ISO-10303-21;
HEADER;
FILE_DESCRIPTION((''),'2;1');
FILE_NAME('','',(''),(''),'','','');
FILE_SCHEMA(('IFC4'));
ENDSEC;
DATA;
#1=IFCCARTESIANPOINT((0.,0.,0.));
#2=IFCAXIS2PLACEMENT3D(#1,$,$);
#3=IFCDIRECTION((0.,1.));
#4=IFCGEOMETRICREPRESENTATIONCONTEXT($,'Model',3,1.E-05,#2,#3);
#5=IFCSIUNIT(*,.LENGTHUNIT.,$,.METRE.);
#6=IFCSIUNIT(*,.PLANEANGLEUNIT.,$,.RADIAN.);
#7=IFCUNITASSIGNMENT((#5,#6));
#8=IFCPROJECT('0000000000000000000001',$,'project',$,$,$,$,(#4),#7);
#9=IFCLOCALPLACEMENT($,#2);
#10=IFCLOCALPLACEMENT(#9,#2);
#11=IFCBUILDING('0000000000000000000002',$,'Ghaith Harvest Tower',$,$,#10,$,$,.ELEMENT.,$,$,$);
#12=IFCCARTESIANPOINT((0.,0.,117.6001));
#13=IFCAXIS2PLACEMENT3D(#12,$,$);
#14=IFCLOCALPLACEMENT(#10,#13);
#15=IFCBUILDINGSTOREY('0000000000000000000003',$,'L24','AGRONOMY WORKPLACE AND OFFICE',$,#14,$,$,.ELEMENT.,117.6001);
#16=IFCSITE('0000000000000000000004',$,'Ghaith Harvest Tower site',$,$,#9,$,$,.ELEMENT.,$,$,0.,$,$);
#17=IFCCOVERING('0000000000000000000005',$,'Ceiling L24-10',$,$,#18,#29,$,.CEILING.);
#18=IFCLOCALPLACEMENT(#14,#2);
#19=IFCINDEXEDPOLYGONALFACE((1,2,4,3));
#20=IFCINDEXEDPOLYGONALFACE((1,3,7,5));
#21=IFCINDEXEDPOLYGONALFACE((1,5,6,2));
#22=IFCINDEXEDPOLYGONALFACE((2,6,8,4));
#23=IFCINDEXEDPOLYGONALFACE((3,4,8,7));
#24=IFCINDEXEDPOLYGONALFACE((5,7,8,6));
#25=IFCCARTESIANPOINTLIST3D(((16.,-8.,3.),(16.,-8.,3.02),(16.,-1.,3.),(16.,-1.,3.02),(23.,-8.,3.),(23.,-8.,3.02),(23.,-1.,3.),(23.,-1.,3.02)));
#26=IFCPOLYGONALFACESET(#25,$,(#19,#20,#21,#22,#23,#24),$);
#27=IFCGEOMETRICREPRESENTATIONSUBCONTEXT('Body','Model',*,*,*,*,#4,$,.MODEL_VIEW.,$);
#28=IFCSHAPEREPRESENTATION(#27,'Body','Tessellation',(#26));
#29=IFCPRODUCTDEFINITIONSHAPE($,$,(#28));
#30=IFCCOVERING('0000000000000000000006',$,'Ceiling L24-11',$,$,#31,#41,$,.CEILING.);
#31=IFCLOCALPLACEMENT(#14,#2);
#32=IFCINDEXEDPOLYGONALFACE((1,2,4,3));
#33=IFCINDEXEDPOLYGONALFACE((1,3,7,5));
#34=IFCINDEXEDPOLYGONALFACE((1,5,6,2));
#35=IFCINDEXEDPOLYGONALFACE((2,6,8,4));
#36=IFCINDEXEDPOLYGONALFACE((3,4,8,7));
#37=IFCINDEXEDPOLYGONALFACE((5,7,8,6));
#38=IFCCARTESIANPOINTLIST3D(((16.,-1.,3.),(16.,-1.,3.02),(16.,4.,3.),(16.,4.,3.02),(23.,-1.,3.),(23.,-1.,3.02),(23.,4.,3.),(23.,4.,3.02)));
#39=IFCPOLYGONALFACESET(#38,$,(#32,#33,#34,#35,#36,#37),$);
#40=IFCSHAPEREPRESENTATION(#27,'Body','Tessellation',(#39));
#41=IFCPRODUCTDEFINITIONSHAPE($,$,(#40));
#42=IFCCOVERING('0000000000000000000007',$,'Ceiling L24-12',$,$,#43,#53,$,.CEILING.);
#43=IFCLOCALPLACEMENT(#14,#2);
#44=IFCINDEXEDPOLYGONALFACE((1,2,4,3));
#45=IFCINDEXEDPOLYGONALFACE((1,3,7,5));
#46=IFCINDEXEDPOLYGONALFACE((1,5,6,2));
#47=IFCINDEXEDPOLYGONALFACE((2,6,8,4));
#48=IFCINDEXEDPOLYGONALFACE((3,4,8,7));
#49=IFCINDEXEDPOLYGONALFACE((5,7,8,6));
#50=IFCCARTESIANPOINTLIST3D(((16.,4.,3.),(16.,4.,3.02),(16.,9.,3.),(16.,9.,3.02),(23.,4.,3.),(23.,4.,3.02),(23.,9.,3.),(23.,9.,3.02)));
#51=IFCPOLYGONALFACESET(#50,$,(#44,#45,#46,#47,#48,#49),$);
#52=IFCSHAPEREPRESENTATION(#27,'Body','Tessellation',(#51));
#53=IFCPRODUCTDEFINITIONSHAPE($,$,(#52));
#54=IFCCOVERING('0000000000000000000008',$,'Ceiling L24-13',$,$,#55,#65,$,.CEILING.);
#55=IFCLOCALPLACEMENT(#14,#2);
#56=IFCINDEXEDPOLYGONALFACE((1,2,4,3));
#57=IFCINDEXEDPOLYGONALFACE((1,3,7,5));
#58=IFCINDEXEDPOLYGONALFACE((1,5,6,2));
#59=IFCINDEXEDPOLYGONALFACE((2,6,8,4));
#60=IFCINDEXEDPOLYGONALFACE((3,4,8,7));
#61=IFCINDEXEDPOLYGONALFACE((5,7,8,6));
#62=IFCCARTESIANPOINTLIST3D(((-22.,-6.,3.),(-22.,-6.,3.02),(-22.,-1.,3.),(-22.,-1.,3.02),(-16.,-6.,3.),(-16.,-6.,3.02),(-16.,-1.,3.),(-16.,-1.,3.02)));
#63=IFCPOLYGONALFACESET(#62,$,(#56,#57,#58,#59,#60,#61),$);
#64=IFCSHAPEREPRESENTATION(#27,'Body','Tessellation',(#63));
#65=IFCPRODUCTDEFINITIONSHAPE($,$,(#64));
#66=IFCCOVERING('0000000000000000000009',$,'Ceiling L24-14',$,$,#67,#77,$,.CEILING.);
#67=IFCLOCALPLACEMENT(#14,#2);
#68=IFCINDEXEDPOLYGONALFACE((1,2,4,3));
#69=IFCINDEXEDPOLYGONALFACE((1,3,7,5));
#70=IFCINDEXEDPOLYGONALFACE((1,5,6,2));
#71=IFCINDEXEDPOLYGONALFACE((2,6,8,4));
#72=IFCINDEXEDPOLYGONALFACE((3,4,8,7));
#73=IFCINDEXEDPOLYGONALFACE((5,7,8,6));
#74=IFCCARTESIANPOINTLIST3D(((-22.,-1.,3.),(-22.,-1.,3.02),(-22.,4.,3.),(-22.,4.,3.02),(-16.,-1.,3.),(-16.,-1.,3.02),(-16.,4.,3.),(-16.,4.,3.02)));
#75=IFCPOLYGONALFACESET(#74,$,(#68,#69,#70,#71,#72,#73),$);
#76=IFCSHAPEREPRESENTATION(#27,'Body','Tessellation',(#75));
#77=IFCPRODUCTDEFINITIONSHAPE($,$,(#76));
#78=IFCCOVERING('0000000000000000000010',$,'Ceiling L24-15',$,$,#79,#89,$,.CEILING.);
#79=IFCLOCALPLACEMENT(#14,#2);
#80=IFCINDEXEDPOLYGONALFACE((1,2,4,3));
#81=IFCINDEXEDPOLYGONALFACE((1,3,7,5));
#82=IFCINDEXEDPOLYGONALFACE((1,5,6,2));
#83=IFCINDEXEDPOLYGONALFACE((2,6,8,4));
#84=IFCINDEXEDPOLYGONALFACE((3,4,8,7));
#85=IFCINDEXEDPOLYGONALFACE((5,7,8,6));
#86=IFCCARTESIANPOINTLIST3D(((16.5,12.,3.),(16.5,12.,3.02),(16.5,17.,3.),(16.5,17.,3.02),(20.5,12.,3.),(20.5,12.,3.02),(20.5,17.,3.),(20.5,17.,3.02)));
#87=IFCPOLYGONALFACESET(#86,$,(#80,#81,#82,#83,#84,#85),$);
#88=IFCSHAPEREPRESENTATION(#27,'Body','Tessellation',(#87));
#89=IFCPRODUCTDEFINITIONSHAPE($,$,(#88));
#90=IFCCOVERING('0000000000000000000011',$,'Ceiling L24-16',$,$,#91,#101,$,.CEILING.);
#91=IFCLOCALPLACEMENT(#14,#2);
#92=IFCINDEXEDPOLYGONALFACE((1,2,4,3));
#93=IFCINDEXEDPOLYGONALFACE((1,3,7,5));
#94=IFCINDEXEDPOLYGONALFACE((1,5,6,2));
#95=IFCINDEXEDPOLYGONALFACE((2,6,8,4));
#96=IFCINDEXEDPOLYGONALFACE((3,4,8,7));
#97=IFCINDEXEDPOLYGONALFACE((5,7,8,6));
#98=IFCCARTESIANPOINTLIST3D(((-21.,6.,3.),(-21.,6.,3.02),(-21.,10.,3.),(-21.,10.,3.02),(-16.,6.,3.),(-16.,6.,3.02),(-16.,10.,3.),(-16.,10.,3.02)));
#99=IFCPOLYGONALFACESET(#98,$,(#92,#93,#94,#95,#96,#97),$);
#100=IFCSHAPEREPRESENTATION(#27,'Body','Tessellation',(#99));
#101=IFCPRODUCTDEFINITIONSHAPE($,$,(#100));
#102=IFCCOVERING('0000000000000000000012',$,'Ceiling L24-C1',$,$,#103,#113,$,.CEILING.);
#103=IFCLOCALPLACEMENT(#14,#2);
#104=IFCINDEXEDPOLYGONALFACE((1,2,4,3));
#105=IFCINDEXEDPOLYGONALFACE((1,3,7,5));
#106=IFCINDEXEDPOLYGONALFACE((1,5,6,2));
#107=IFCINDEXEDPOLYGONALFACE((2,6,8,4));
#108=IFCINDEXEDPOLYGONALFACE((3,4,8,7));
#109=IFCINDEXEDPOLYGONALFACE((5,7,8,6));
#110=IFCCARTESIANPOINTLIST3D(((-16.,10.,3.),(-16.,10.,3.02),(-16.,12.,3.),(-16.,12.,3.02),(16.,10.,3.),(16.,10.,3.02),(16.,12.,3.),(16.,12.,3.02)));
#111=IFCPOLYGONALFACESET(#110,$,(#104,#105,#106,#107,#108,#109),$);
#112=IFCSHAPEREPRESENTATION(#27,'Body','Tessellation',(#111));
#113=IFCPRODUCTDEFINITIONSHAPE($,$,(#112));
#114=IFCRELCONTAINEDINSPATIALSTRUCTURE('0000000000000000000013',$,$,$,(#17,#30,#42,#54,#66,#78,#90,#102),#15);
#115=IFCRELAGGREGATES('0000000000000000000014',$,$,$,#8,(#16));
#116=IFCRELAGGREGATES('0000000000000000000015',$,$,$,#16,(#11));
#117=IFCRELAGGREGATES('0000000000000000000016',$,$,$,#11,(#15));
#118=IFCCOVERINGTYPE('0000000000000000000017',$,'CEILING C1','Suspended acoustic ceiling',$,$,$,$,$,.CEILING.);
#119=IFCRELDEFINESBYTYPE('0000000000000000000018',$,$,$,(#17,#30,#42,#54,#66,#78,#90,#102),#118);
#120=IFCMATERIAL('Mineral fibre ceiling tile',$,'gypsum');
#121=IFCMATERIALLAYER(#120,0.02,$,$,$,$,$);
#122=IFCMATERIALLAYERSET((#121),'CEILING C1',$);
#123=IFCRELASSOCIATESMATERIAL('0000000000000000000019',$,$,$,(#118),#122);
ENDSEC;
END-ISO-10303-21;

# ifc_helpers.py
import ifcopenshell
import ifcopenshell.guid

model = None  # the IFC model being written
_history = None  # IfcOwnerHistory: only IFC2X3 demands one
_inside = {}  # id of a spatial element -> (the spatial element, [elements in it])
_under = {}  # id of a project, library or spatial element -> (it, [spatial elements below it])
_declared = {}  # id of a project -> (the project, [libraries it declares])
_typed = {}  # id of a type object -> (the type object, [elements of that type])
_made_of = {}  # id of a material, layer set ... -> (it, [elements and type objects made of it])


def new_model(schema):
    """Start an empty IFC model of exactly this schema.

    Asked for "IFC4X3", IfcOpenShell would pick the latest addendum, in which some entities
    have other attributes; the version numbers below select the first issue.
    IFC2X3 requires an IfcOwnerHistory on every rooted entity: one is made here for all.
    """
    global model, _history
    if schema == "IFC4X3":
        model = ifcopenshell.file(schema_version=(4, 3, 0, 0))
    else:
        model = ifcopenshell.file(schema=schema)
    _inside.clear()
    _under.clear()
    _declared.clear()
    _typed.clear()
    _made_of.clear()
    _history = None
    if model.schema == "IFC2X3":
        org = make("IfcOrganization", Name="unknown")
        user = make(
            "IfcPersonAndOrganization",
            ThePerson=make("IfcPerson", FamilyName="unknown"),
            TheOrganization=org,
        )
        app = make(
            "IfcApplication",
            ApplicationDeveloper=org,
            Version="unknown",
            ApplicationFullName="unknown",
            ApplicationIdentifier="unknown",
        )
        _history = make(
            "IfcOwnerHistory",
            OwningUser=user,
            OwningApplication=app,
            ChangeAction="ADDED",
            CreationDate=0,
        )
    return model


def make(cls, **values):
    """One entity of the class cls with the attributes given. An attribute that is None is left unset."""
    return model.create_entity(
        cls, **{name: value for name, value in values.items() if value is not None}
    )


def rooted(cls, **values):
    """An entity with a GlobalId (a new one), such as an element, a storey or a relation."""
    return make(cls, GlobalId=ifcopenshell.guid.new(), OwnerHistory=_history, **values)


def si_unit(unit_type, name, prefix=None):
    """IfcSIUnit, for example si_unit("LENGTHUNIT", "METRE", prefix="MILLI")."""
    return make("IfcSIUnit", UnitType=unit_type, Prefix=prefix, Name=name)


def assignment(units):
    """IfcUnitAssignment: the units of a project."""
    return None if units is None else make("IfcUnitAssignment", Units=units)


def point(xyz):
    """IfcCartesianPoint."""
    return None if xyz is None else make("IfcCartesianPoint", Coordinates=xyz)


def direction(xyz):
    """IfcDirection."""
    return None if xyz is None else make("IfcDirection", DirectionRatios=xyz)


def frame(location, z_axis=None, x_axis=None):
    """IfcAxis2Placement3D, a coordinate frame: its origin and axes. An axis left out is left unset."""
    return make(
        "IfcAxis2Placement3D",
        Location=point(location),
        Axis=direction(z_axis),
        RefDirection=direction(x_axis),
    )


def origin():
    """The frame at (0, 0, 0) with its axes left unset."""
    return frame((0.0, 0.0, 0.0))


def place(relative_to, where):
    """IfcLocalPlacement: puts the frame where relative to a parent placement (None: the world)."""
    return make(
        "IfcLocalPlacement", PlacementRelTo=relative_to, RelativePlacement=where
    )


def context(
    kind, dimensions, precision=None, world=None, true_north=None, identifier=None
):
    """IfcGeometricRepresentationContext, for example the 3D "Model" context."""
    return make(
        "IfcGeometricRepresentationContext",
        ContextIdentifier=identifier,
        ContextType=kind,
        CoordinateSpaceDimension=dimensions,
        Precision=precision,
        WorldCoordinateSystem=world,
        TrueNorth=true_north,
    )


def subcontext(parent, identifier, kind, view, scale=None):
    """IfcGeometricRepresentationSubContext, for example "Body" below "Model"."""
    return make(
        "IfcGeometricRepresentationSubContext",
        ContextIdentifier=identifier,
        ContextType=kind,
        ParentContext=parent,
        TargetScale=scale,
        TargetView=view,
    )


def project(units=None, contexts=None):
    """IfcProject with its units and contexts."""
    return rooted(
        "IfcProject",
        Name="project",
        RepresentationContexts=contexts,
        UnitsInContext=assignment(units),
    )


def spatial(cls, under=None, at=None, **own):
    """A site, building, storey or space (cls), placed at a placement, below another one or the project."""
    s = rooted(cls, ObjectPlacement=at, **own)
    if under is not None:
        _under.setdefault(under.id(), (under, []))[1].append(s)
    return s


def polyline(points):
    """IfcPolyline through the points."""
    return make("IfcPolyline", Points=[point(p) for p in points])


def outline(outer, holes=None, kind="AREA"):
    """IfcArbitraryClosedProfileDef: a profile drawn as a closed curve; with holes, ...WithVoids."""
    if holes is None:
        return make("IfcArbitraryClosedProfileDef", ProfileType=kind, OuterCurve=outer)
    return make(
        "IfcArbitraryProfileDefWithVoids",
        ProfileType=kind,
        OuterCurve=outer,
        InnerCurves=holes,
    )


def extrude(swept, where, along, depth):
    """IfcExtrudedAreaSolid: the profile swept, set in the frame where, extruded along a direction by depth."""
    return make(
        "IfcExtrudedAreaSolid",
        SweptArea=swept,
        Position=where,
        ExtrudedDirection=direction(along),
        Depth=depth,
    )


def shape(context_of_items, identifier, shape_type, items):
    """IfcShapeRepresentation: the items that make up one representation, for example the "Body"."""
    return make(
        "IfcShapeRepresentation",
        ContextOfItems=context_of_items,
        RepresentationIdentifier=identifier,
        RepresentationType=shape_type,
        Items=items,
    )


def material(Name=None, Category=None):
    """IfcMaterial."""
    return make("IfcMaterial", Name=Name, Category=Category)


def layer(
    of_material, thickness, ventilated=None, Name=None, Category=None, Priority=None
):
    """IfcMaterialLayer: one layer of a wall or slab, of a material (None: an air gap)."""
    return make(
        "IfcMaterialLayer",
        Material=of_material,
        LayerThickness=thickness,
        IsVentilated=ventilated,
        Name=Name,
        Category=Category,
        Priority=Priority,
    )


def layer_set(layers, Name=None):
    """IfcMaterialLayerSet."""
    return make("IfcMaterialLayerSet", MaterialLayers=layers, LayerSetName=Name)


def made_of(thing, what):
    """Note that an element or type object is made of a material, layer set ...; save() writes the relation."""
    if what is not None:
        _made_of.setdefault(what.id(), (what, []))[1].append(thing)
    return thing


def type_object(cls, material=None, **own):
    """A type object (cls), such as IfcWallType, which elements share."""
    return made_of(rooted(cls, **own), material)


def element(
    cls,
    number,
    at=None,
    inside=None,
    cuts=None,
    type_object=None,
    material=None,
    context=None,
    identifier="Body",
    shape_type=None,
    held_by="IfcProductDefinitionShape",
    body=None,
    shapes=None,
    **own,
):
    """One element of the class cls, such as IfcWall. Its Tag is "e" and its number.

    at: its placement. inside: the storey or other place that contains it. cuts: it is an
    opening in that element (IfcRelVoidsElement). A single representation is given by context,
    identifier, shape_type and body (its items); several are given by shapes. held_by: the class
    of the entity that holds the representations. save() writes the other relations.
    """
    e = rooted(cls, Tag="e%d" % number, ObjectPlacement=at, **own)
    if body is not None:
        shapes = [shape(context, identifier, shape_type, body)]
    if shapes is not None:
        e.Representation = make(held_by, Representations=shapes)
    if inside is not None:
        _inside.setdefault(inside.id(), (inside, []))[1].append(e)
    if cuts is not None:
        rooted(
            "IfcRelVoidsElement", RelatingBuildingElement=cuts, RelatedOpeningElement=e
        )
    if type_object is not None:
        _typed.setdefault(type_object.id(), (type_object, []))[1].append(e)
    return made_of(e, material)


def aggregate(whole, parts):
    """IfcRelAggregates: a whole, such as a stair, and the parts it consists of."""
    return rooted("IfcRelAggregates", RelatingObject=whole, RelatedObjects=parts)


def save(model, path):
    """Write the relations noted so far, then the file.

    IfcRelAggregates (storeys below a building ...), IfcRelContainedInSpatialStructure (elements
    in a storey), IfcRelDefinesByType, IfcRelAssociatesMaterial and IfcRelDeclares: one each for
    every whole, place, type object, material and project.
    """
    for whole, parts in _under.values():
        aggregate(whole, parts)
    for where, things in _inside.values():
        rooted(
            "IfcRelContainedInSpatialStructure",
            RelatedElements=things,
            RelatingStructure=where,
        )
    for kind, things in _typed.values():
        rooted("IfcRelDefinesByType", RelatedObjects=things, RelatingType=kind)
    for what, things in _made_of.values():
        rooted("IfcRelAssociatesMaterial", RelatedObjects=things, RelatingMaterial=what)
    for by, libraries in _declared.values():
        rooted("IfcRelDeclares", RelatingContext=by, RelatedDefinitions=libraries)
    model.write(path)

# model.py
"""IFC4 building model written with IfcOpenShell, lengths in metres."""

from ifc_helpers import new_model, si_unit, direction, frame, origin, place, context, subcontext, project, spatial, polyline, outline, extrude, material, layer, layer_set, type_object, element, save


model = new_model("IFC4")

# Units and contexts
model_context = context("Model", 3, precision=1e-05, world=origin(), true_north=direction((0.0, 1.0)))
body_context = subcontext(model_context, "Body", "Model", "MODEL_VIEW")
ifc_project = project(units=[si_unit("LENGTHUNIT", "METRE"), si_unit("PLANEANGLEUNIT", "RADIAN")], contexts=[model_context])

# Site, building, storey
site_placement = place(None, origin())
site = spatial("IfcSite", under=ifc_project, at=site_placement, Name="Ghaith Harvest Tower site", CompositionType="ELEMENT", RefElevation=0.0)
building_placement = place(site_placement, origin())
building = spatial("IfcBuilding", under=site, at=building_placement, Name="Ghaith Harvest Tower", CompositionType="ELEMENT")
storey_placement = place(building_placement, frame((0.0, 0.0, 117.6001)))
storey = spatial("IfcBuildingStorey", under=building, at=storey_placement, Name="L24", Description="AGRONOMY WORKPLACE AND OFFICE", CompositionType="ELEMENT", Elevation=117.6001)

# Coverings
ifc_material_1 = material(Name="Mineral fibre ceiling tile", Category="gypsum")
ifc_layer_1 = layer(ifc_material_1, 0.02)
ifc_layer_set_1 = layer_set([ifc_layer_1], Name="CEILING C1")
covering_type = type_object("IfcCoveringType", Name="CEILING C1", Description="Suspended acoustic ceiling", PredefinedType="CEILING", material=ifc_layer_set_1)
covering_1_placement = place(storey_placement, frame((0.0, 0.0, 3.0)))
element("IfcCovering", 1, at=covering_1_placement, inside=storey, type_object=covering_type, Name="Ceiling L24-10", PredefinedType="CEILING", context=body_context, shape_type="SweptSolid", body=[
    extrude(outline(polyline([(16.0, -8.0), (23.0, -8.0), (23.0, -1.0), (16.0, -1.0), (16.0, -8.0)])), origin(), (0.0, 0.0, 1.0), 0.02),
])
covering_2_placement = place(storey_placement, frame((0.0, 0.0, 3.0)))
element("IfcCovering", 2, at=covering_2_placement, inside=storey, type_object=covering_type, Name="Ceiling L24-11", PredefinedType="CEILING", context=body_context, shape_type="SweptSolid", body=[
    extrude(outline(polyline([(16.0, -1.0), (23.0, -1.0), (23.0, 4.0), (16.0, 4.0), (16.0, -1.0)])), origin(), (0.0, 0.0, 1.0), 0.02),
])
covering_3_placement = place(storey_placement, frame((0.0, 0.0, 3.0)))
element("IfcCovering", 3, at=covering_3_placement, inside=storey, type_object=covering_type, Name="Ceiling L24-12", PredefinedType="CEILING", context=body_context, shape_type="SweptSolid", body=[
    extrude(outline(polyline([(16.0, 4.0), (23.0, 4.0), (23.0, 9.0), (16.0, 9.0), (16.0, 4.0)])), origin(), (0.0, 0.0, 1.0), 0.02),
])
covering_4_placement = place(storey_placement, frame((0.0, 0.0, 3.0)))
element("IfcCovering", 4, at=covering_4_placement, inside=storey, type_object=covering_type, Name="Ceiling L24-13", PredefinedType="CEILING", context=body_context, shape_type="SweptSolid", body=[
    extrude(outline(polyline([(-22.0, -6.0), (-16.0, -6.0), (-16.0, -1.0), (-22.0, -1.0), (-22.0, -6.0)])), origin(), (0.0, 0.0, 1.0), 0.02),
])
covering_5_placement = place(storey_placement, frame((0.0, 0.0, 3.0)))
element("IfcCovering", 5, at=covering_5_placement, inside=storey, type_object=covering_type, Name="Ceiling L24-14", PredefinedType="CEILING", context=body_context, shape_type="SweptSolid", body=[
    extrude(outline(polyline([(-22.0, -1.0), (-16.0, -1.0), (-16.0, 4.0), (-22.0, 4.0), (-22.0, -1.0)])), origin(), (0.0, 0.0, 1.0), 0.02),
])
covering_6_placement = place(storey_placement, frame((0.0, 0.0, 3.0)))
element("IfcCovering", 6, at=covering_6_placement, inside=storey, type_object=covering_type, Name="Ceiling L24-15", PredefinedType="CEILING", context=body_context, shape_type="SweptSolid", body=[
    extrude(outline(polyline([(16.5, 12.0), (20.5, 12.0), (20.5, 17.0), (16.5, 17.0), (16.5, 12.0)])), origin(), (0.0, 0.0, 1.0), 0.02),
])
covering_7_placement = place(storey_placement, frame((0.0, 0.0, 3.0)))
element("IfcCovering", 7, at=covering_7_placement, inside=storey, type_object=covering_type, Name="Ceiling L24-16", PredefinedType="CEILING", context=body_context, shape_type="SweptSolid", body=[
    extrude(outline(polyline([(-21.0, 6.0), (-16.0, 6.0), (-16.0, 10.0), (-21.0, 10.0), (-21.0, 6.0)])), origin(), (0.0, 0.0, 1.0), 0.02),
])
covering_8_placement = place(storey_placement, frame((0.0, 0.0, 3.0)))
element("IfcCovering", 8, at=covering_8_placement, inside=storey, type_object=covering_type, Name="Ceiling L24-C1", PredefinedType="CEILING", context=body_context, shape_type="SweptSolid", body=[
    extrude(outline(polyline([(-16.0, 12.0), (16.0, 12.0), (16.0, 10.0), (-16.0, 10.0), (-16.0, 12.0)])), origin(), (0.0, 0.0, 1.0), 0.02),
])

save(model, "model.ifc")
